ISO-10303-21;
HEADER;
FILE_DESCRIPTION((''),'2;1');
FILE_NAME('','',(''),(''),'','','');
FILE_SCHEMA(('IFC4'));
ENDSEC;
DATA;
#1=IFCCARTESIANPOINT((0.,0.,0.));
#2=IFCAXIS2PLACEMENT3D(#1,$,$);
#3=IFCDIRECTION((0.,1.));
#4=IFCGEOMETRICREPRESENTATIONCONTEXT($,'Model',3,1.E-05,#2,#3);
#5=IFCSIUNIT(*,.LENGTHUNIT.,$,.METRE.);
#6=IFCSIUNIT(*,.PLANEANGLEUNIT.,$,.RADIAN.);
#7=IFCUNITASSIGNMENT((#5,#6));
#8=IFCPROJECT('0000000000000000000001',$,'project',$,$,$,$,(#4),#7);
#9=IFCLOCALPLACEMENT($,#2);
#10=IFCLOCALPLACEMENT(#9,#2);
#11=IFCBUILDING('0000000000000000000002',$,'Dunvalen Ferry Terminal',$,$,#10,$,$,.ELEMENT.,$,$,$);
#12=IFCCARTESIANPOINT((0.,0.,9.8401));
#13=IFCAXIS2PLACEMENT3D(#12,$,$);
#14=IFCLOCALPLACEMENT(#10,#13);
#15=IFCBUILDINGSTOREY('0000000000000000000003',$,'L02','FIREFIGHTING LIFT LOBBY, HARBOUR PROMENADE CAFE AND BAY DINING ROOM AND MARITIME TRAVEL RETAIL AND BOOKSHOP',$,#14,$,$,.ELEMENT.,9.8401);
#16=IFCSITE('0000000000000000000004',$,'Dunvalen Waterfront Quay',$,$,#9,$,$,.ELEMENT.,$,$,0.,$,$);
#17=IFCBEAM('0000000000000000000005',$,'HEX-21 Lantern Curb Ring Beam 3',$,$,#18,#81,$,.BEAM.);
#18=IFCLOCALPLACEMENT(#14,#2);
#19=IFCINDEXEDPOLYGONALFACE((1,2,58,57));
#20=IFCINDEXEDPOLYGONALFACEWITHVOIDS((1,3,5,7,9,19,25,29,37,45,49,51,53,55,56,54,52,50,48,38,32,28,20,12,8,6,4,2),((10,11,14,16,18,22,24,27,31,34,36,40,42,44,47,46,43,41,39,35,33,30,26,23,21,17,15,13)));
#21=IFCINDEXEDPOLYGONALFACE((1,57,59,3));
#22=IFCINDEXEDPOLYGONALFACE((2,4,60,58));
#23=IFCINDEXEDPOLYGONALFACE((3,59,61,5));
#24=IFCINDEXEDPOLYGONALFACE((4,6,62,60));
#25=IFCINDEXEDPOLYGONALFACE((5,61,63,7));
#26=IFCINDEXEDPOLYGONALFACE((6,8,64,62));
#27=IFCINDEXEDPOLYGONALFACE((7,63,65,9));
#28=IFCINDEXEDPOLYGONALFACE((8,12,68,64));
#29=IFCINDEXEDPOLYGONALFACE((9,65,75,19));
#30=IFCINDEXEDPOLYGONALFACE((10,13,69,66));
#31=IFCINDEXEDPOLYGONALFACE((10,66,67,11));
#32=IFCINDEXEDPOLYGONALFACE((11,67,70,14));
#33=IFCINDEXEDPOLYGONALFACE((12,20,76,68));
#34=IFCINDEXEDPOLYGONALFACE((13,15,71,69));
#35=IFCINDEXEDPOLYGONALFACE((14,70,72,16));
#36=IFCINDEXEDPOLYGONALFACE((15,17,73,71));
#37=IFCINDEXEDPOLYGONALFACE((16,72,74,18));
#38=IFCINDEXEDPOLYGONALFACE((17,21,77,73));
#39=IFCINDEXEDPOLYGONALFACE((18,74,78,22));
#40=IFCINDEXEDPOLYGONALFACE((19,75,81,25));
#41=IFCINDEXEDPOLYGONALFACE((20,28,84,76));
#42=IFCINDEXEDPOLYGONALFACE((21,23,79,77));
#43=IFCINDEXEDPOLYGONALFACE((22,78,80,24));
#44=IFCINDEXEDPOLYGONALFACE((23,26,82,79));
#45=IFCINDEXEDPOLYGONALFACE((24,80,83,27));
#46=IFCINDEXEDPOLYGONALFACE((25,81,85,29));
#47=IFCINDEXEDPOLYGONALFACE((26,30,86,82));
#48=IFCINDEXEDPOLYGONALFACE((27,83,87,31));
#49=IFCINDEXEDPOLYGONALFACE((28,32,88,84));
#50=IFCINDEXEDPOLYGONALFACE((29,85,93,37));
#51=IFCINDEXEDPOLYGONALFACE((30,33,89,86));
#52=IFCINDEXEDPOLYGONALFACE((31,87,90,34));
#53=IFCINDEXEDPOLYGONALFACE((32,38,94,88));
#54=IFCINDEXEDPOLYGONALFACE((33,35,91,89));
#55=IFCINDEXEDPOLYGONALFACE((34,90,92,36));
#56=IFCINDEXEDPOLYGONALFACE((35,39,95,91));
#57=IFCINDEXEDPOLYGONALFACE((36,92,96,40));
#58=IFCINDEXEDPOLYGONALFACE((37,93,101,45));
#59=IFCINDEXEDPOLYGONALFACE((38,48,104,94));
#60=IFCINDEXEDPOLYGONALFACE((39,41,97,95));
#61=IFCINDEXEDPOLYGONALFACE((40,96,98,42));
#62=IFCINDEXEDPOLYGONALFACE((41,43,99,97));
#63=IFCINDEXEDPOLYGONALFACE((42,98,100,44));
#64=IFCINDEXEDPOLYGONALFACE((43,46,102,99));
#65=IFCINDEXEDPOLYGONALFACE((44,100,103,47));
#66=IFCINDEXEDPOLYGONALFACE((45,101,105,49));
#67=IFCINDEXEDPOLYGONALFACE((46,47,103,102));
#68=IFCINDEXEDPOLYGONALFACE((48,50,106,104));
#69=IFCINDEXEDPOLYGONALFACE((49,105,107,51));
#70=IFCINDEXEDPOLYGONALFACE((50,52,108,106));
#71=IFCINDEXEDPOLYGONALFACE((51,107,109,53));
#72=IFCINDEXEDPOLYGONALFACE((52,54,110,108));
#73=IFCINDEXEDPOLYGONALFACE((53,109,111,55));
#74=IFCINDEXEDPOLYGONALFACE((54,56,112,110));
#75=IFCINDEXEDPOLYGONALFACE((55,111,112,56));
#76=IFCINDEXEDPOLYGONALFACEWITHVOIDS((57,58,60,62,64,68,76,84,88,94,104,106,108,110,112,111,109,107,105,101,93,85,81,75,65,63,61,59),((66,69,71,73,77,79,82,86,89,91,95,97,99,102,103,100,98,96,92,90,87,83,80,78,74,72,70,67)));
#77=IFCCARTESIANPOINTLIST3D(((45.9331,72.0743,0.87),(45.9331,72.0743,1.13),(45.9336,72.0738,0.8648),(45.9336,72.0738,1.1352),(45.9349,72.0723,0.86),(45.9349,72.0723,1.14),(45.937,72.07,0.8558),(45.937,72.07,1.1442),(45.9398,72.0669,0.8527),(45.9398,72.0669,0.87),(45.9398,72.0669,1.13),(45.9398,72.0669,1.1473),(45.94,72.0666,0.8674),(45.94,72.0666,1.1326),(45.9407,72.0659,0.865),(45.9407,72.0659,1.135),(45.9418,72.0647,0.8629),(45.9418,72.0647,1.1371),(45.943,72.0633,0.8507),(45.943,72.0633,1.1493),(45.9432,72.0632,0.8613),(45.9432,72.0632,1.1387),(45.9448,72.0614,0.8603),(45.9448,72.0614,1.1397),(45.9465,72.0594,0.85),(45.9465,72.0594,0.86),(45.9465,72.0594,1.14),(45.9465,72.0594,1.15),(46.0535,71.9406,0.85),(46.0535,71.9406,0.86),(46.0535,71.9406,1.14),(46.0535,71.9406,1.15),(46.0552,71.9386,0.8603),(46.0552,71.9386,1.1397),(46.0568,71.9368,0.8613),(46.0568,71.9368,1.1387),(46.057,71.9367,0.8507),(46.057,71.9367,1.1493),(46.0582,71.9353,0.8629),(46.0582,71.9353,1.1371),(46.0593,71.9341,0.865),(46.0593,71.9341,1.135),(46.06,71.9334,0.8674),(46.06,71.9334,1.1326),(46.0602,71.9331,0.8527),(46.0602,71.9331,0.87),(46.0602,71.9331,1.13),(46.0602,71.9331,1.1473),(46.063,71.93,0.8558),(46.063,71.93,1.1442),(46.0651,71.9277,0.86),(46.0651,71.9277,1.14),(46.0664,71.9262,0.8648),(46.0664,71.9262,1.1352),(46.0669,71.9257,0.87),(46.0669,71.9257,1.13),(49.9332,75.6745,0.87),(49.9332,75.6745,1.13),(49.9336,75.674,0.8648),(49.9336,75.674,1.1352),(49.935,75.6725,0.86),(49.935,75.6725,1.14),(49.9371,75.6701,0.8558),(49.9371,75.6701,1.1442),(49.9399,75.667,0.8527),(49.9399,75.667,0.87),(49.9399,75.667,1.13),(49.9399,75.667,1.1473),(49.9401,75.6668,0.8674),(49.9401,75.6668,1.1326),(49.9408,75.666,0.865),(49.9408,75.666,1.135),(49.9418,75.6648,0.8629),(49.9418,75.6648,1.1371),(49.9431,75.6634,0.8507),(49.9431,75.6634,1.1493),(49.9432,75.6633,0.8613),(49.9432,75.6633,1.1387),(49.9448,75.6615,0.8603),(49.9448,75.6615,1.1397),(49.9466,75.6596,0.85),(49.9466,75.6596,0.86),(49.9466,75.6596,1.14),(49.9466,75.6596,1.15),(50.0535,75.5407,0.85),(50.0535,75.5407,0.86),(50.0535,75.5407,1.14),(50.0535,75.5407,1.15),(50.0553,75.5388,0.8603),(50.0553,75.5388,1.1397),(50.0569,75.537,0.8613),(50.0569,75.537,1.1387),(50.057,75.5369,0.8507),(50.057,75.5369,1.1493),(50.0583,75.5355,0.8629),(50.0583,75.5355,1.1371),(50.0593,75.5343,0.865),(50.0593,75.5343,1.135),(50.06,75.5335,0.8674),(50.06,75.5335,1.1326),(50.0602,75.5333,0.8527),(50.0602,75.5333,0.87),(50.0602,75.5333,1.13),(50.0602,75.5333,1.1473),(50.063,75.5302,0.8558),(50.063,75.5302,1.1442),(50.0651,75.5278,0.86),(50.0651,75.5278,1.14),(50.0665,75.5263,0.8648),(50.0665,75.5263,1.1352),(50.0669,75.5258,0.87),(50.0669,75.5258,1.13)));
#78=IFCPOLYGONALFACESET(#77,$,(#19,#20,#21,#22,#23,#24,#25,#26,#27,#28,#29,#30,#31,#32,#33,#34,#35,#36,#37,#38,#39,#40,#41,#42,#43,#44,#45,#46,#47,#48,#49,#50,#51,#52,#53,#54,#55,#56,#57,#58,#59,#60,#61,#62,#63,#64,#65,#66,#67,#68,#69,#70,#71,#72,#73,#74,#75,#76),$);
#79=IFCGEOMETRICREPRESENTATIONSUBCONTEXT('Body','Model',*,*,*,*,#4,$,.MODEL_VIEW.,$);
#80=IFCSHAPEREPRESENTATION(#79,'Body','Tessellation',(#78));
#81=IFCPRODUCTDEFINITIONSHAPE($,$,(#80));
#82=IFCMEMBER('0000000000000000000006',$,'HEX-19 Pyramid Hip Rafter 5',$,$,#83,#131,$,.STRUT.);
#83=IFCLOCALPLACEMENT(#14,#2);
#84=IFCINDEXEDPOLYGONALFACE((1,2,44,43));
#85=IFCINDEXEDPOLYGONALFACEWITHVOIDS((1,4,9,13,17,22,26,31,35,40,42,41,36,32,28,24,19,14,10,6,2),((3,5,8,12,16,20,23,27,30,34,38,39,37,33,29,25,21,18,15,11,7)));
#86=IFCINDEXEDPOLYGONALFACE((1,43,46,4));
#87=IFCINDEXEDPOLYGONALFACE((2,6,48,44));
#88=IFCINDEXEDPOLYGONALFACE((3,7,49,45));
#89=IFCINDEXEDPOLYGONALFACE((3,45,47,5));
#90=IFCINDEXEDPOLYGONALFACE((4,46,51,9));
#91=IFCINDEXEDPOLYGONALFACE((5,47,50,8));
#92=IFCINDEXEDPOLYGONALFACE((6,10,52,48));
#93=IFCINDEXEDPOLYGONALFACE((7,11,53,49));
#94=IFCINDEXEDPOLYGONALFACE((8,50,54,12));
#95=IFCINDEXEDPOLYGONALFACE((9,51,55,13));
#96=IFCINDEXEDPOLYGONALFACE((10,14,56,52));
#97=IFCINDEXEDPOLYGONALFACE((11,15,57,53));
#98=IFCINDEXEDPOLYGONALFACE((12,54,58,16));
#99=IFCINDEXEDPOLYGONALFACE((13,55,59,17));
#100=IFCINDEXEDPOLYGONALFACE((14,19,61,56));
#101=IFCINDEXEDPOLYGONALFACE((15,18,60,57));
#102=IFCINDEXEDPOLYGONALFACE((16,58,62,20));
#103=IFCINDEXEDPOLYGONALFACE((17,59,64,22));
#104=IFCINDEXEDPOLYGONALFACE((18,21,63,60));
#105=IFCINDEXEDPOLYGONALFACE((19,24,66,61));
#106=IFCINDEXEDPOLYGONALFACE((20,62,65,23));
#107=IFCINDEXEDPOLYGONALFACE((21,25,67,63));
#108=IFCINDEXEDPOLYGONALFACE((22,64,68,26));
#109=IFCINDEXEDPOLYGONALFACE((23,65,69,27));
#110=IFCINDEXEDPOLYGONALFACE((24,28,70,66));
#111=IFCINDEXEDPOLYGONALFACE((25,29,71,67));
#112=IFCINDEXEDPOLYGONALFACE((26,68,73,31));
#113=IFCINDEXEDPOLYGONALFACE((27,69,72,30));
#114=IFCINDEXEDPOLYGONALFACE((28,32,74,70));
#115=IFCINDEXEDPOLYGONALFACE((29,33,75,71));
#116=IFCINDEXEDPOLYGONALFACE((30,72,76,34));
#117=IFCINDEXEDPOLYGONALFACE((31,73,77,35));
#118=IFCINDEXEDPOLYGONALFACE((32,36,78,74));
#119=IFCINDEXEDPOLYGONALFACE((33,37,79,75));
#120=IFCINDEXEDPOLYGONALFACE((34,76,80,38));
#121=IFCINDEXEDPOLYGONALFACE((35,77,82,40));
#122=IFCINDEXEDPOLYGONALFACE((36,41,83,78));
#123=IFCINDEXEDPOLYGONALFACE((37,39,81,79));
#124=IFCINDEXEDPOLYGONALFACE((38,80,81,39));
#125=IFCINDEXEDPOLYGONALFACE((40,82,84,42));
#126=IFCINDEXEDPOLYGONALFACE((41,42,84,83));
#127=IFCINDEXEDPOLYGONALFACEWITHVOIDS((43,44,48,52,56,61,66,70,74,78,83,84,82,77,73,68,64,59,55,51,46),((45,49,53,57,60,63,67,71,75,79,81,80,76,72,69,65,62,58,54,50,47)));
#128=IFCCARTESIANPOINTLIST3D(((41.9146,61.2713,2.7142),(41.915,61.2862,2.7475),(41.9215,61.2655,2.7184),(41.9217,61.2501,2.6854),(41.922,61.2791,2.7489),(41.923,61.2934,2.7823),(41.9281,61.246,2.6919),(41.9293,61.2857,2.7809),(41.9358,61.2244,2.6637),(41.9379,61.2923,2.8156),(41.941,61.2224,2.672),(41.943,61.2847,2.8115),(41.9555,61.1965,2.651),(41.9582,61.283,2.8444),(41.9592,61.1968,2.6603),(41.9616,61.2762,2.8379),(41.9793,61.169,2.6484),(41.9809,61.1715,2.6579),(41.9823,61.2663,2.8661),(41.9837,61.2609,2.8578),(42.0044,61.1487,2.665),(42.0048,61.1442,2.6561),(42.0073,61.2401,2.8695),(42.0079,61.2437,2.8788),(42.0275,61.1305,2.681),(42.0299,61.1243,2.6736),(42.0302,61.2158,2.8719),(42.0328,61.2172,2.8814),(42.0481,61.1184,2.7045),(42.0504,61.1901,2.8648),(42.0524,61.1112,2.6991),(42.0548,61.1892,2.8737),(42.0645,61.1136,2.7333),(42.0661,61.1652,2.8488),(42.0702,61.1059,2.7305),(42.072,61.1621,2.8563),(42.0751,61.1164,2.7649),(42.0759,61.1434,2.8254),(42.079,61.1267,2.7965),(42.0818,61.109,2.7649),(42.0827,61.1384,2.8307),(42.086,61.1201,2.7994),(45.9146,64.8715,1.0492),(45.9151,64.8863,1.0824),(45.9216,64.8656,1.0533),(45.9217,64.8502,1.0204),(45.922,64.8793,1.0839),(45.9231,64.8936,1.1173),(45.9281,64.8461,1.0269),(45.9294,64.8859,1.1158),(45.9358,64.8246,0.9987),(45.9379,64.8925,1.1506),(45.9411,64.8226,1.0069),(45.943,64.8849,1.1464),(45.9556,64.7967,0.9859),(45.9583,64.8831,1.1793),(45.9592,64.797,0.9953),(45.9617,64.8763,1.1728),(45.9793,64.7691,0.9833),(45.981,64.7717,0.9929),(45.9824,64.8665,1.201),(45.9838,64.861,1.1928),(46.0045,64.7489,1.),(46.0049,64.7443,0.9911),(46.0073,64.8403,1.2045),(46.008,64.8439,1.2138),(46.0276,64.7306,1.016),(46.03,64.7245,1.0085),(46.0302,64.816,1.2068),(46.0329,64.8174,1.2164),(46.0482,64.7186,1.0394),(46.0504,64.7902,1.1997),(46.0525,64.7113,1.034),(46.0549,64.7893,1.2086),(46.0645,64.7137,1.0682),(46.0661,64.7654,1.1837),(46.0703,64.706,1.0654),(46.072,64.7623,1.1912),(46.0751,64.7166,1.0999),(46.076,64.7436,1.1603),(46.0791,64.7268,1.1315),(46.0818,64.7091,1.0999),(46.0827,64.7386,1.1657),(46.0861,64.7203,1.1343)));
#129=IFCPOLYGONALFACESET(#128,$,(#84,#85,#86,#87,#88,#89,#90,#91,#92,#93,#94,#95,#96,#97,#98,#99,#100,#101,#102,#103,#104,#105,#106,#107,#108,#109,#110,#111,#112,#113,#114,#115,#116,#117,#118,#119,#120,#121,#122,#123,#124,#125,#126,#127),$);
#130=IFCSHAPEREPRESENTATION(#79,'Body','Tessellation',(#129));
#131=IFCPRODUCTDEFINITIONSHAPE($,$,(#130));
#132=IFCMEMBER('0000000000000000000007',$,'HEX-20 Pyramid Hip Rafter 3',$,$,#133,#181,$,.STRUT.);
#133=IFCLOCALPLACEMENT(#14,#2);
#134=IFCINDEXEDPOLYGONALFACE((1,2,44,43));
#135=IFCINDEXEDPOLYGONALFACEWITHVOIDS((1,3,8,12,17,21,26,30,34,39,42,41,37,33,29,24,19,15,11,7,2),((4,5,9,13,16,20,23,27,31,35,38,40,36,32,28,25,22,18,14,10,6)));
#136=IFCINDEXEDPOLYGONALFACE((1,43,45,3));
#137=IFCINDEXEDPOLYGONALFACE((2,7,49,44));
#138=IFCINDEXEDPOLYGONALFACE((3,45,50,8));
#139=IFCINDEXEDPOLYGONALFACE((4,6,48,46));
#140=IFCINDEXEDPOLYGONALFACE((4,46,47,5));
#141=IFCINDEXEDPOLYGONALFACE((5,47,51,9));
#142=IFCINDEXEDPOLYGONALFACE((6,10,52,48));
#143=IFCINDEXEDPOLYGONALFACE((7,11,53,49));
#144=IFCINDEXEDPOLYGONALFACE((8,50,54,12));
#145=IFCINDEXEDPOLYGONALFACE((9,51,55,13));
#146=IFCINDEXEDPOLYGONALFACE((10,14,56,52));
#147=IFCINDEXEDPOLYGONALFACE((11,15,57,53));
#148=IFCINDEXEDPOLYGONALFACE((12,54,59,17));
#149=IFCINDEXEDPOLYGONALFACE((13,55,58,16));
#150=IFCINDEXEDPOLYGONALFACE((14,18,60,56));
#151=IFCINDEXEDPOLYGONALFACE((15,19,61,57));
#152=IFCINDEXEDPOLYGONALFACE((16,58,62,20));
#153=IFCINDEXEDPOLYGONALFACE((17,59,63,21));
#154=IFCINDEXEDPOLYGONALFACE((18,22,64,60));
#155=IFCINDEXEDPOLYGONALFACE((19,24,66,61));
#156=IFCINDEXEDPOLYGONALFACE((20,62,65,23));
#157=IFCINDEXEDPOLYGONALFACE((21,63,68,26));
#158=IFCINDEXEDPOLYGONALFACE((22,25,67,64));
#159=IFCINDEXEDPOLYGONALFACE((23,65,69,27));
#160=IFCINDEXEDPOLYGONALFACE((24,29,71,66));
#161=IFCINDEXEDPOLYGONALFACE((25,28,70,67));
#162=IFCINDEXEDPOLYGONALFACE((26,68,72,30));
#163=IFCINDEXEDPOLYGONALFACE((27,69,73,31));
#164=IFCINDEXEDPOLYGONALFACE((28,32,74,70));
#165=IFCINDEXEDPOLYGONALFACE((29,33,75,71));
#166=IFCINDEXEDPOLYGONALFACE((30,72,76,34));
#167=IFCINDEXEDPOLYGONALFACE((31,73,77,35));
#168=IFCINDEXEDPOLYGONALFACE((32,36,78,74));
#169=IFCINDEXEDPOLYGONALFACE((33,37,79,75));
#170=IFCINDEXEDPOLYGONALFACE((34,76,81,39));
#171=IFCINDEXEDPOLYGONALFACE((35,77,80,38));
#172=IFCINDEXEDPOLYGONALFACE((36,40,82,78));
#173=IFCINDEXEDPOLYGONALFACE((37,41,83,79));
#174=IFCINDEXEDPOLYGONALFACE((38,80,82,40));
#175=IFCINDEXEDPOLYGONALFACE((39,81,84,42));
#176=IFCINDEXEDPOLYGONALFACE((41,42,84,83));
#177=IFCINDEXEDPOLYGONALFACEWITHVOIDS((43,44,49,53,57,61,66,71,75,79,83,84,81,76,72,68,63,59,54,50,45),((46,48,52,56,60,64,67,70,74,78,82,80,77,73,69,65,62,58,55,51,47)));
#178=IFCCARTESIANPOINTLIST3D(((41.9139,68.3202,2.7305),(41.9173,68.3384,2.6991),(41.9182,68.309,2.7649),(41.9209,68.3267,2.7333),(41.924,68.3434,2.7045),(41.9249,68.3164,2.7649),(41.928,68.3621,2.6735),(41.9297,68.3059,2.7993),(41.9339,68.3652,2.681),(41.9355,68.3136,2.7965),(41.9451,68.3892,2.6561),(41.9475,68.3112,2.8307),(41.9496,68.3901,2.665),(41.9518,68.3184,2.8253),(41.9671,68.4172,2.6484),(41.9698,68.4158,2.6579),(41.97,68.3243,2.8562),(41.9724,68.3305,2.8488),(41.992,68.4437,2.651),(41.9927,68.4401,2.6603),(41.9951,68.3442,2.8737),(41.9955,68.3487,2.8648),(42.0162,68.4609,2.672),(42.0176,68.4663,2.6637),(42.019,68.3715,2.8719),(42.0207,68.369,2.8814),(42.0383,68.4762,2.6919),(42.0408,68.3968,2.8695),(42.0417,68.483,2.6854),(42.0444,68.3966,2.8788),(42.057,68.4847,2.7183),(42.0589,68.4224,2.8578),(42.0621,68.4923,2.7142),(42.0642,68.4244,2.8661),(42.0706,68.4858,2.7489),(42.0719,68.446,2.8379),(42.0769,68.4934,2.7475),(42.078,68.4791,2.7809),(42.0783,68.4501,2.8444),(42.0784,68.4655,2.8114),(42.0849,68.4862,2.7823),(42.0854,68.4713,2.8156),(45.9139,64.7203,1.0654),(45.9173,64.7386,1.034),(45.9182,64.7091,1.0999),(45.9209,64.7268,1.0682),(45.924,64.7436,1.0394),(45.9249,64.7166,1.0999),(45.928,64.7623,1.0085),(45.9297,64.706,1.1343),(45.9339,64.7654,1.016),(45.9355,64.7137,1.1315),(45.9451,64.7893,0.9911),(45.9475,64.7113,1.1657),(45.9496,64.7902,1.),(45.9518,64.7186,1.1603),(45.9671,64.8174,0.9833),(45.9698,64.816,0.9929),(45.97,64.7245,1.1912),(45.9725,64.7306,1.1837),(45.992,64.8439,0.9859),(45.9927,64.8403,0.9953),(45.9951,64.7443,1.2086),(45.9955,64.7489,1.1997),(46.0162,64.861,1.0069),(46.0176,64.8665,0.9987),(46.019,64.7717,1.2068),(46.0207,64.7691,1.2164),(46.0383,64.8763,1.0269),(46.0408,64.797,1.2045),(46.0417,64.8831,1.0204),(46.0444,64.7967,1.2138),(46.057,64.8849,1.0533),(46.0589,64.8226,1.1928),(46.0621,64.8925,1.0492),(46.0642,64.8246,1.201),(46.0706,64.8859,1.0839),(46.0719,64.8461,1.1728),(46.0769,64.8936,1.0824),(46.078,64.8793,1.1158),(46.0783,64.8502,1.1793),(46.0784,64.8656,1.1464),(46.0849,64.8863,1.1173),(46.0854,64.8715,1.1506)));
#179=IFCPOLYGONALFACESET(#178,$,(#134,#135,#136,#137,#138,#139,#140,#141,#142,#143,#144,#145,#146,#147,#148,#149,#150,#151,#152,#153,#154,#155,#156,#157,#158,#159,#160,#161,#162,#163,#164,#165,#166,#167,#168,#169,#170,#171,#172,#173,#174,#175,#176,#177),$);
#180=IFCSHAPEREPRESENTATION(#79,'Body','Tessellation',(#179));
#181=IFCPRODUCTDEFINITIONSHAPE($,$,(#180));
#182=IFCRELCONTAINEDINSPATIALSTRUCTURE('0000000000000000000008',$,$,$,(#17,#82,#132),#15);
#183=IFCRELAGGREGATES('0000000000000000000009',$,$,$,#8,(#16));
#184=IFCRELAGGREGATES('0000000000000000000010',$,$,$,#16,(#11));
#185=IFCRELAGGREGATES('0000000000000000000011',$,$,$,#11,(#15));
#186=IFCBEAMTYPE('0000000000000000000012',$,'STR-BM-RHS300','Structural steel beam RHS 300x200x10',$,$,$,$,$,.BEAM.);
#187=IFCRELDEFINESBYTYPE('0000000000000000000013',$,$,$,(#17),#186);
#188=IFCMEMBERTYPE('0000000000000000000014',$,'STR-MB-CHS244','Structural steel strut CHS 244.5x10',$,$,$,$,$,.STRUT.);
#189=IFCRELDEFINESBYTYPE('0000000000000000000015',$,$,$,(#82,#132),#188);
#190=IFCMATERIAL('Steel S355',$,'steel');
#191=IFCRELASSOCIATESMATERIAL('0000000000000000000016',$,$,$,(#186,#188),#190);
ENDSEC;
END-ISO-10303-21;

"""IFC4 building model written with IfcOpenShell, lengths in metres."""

from ifc_helpers import new_model, si_unit, direction, frame, origin, origin_2d, place, context, subcontext, project, spatial, hollow_rectangle, hollow_circle, extrude, material, material_profile, profile_set, type_object, element, save


model = new_model("IFC4")

# Units and contexts
model_context = context("Model", 3, precision=1e-05, world=origin(), true_north=direction((0.0, 1.0)))
body_context = subcontext(model_context, "Body", "Model", "MODEL_VIEW")
ifc_project = project(units=[si_unit("LENGTHUNIT", "METRE"), si_unit("PLANEANGLEUNIT", "RADIAN")], contexts=[model_context])

# Site, building, storey
site_placement = place(None, origin())
site = spatial("IfcSite", under=ifc_project, at=site_placement, Name="Dunvalen Waterfront Quay", CompositionType="ELEMENT", RefElevation=0.0)
building_placement = place(site_placement, origin())
building = spatial("IfcBuilding", under=site, at=building_placement, Name="Dunvalen Ferry Terminal", CompositionType="ELEMENT")
storey_placement = place(building_placement, frame((0.0, 0.0, 9.8401)))
storey = spatial("IfcBuildingStorey", under=building, at=storey_placement, Name="L02", Description="FIREFIGHTING LIFT LOBBY, HARBOUR PROMENADE CAFE AND BAY DINING ROOM AND MARITIME TRAVEL RETAIL AND BOOKSHOP", CompositionType="ELEMENT", Elevation=9.8401)

# Beam
ifc_material_1 = material(Name="Steel S355", Category="steel")
ifc_material_profile_1 = material_profile(ifc_material_1, hollow_rectangle(XDim=0.2, YDim=0.3, WallThickness=0.01, InnerFilletRadius=0.01, OuterFilletRadius=0.02, at=origin_2d()), Name="Steel S355")
ifc_profile_set_1 = profile_set([ifc_material_profile_1], Name="Steel S355")
beam_type_1 = type_object("IfcBeamType", Name="STR-BM-RHS300", Description="Structural steel beam RHS 300x200x10", PredefinedType="BEAM", material=ifc_profile_set_1)
beam_1_placement = place(storey_placement, frame((46.0, 72.0, 1.0), z_axis=(0.743285, 0.668975, 0.0), x_axis=(-0.668975, 0.743285, 0.0)))
element("IfcBeam", 1, at=beam_1_placement, inside=storey, type_object=beam_type_1, Name="HEX-21 Lantern Curb Ring Beam 3", PredefinedType="BEAM", context=body_context, shape_type="SweptSolid", body=[
    extrude(hollow_rectangle(XDim=0.2, YDim=0.3, WallThickness=0.01, InnerFilletRadius=0.01, OuterFilletRadius=0.02, at=origin_2d()), origin(), (0.0, 0.0, 1.0), 5.3816),
])

# Members
ifc_material_profile_2 = material_profile(ifc_material_1, hollow_circle(Radius=0.1223, WallThickness=0.01, at=origin_2d()), Name="Steel S355")
ifc_profile_set_2 = profile_set([ifc_material_profile_2], Name="Steel S355")
member_type_1 = type_object("IfcMemberType", Name="STR-MB-CHS244", Description="Structural steel strut CHS 244.5x10", PredefinedType="STRUT", material=ifc_profile_set_2)
member_1_placement = place(storey_placement, frame((46.0, 64.8, 1.0999), z_axis=(-0.710075, -0.639085, 0.295576), x_axis=(0.668975, -0.743285, 0.0)))
element("IfcMember", 2, at=member_1_placement, inside=storey, type_object=member_type_1, Name="HEX-19 Pyramid Hip Rafter 5", PredefinedType="STRUT", context=body_context, shape_type="SweptSolid", body=[
    extrude(hollow_circle(Radius=0.1223, WallThickness=0.01, at=origin_2d()), origin(), (0.0, 0.0, 1.0), 5.6333),
])
member_2_placement = place(storey_placement, frame((46.0, 64.8, 1.0999), z_axis=(-0.710094, 0.639059, 0.295584), x_axis=(-0.66895, -0.743308, 0.0)))
element("IfcMember", 3, at=member_2_placement, inside=storey, type_object=member_type_1, Name="HEX-20 Pyramid Hip Rafter 3", PredefinedType="STRUT", context=body_context, shape_type="SweptSolid", body=[
    extrude(hollow_circle(Radius=0.1223, WallThickness=0.01, at=origin_2d()), origin(), (0.0, 0.0, 1.0), 5.6331),
])

save(model, "model.ifc")
